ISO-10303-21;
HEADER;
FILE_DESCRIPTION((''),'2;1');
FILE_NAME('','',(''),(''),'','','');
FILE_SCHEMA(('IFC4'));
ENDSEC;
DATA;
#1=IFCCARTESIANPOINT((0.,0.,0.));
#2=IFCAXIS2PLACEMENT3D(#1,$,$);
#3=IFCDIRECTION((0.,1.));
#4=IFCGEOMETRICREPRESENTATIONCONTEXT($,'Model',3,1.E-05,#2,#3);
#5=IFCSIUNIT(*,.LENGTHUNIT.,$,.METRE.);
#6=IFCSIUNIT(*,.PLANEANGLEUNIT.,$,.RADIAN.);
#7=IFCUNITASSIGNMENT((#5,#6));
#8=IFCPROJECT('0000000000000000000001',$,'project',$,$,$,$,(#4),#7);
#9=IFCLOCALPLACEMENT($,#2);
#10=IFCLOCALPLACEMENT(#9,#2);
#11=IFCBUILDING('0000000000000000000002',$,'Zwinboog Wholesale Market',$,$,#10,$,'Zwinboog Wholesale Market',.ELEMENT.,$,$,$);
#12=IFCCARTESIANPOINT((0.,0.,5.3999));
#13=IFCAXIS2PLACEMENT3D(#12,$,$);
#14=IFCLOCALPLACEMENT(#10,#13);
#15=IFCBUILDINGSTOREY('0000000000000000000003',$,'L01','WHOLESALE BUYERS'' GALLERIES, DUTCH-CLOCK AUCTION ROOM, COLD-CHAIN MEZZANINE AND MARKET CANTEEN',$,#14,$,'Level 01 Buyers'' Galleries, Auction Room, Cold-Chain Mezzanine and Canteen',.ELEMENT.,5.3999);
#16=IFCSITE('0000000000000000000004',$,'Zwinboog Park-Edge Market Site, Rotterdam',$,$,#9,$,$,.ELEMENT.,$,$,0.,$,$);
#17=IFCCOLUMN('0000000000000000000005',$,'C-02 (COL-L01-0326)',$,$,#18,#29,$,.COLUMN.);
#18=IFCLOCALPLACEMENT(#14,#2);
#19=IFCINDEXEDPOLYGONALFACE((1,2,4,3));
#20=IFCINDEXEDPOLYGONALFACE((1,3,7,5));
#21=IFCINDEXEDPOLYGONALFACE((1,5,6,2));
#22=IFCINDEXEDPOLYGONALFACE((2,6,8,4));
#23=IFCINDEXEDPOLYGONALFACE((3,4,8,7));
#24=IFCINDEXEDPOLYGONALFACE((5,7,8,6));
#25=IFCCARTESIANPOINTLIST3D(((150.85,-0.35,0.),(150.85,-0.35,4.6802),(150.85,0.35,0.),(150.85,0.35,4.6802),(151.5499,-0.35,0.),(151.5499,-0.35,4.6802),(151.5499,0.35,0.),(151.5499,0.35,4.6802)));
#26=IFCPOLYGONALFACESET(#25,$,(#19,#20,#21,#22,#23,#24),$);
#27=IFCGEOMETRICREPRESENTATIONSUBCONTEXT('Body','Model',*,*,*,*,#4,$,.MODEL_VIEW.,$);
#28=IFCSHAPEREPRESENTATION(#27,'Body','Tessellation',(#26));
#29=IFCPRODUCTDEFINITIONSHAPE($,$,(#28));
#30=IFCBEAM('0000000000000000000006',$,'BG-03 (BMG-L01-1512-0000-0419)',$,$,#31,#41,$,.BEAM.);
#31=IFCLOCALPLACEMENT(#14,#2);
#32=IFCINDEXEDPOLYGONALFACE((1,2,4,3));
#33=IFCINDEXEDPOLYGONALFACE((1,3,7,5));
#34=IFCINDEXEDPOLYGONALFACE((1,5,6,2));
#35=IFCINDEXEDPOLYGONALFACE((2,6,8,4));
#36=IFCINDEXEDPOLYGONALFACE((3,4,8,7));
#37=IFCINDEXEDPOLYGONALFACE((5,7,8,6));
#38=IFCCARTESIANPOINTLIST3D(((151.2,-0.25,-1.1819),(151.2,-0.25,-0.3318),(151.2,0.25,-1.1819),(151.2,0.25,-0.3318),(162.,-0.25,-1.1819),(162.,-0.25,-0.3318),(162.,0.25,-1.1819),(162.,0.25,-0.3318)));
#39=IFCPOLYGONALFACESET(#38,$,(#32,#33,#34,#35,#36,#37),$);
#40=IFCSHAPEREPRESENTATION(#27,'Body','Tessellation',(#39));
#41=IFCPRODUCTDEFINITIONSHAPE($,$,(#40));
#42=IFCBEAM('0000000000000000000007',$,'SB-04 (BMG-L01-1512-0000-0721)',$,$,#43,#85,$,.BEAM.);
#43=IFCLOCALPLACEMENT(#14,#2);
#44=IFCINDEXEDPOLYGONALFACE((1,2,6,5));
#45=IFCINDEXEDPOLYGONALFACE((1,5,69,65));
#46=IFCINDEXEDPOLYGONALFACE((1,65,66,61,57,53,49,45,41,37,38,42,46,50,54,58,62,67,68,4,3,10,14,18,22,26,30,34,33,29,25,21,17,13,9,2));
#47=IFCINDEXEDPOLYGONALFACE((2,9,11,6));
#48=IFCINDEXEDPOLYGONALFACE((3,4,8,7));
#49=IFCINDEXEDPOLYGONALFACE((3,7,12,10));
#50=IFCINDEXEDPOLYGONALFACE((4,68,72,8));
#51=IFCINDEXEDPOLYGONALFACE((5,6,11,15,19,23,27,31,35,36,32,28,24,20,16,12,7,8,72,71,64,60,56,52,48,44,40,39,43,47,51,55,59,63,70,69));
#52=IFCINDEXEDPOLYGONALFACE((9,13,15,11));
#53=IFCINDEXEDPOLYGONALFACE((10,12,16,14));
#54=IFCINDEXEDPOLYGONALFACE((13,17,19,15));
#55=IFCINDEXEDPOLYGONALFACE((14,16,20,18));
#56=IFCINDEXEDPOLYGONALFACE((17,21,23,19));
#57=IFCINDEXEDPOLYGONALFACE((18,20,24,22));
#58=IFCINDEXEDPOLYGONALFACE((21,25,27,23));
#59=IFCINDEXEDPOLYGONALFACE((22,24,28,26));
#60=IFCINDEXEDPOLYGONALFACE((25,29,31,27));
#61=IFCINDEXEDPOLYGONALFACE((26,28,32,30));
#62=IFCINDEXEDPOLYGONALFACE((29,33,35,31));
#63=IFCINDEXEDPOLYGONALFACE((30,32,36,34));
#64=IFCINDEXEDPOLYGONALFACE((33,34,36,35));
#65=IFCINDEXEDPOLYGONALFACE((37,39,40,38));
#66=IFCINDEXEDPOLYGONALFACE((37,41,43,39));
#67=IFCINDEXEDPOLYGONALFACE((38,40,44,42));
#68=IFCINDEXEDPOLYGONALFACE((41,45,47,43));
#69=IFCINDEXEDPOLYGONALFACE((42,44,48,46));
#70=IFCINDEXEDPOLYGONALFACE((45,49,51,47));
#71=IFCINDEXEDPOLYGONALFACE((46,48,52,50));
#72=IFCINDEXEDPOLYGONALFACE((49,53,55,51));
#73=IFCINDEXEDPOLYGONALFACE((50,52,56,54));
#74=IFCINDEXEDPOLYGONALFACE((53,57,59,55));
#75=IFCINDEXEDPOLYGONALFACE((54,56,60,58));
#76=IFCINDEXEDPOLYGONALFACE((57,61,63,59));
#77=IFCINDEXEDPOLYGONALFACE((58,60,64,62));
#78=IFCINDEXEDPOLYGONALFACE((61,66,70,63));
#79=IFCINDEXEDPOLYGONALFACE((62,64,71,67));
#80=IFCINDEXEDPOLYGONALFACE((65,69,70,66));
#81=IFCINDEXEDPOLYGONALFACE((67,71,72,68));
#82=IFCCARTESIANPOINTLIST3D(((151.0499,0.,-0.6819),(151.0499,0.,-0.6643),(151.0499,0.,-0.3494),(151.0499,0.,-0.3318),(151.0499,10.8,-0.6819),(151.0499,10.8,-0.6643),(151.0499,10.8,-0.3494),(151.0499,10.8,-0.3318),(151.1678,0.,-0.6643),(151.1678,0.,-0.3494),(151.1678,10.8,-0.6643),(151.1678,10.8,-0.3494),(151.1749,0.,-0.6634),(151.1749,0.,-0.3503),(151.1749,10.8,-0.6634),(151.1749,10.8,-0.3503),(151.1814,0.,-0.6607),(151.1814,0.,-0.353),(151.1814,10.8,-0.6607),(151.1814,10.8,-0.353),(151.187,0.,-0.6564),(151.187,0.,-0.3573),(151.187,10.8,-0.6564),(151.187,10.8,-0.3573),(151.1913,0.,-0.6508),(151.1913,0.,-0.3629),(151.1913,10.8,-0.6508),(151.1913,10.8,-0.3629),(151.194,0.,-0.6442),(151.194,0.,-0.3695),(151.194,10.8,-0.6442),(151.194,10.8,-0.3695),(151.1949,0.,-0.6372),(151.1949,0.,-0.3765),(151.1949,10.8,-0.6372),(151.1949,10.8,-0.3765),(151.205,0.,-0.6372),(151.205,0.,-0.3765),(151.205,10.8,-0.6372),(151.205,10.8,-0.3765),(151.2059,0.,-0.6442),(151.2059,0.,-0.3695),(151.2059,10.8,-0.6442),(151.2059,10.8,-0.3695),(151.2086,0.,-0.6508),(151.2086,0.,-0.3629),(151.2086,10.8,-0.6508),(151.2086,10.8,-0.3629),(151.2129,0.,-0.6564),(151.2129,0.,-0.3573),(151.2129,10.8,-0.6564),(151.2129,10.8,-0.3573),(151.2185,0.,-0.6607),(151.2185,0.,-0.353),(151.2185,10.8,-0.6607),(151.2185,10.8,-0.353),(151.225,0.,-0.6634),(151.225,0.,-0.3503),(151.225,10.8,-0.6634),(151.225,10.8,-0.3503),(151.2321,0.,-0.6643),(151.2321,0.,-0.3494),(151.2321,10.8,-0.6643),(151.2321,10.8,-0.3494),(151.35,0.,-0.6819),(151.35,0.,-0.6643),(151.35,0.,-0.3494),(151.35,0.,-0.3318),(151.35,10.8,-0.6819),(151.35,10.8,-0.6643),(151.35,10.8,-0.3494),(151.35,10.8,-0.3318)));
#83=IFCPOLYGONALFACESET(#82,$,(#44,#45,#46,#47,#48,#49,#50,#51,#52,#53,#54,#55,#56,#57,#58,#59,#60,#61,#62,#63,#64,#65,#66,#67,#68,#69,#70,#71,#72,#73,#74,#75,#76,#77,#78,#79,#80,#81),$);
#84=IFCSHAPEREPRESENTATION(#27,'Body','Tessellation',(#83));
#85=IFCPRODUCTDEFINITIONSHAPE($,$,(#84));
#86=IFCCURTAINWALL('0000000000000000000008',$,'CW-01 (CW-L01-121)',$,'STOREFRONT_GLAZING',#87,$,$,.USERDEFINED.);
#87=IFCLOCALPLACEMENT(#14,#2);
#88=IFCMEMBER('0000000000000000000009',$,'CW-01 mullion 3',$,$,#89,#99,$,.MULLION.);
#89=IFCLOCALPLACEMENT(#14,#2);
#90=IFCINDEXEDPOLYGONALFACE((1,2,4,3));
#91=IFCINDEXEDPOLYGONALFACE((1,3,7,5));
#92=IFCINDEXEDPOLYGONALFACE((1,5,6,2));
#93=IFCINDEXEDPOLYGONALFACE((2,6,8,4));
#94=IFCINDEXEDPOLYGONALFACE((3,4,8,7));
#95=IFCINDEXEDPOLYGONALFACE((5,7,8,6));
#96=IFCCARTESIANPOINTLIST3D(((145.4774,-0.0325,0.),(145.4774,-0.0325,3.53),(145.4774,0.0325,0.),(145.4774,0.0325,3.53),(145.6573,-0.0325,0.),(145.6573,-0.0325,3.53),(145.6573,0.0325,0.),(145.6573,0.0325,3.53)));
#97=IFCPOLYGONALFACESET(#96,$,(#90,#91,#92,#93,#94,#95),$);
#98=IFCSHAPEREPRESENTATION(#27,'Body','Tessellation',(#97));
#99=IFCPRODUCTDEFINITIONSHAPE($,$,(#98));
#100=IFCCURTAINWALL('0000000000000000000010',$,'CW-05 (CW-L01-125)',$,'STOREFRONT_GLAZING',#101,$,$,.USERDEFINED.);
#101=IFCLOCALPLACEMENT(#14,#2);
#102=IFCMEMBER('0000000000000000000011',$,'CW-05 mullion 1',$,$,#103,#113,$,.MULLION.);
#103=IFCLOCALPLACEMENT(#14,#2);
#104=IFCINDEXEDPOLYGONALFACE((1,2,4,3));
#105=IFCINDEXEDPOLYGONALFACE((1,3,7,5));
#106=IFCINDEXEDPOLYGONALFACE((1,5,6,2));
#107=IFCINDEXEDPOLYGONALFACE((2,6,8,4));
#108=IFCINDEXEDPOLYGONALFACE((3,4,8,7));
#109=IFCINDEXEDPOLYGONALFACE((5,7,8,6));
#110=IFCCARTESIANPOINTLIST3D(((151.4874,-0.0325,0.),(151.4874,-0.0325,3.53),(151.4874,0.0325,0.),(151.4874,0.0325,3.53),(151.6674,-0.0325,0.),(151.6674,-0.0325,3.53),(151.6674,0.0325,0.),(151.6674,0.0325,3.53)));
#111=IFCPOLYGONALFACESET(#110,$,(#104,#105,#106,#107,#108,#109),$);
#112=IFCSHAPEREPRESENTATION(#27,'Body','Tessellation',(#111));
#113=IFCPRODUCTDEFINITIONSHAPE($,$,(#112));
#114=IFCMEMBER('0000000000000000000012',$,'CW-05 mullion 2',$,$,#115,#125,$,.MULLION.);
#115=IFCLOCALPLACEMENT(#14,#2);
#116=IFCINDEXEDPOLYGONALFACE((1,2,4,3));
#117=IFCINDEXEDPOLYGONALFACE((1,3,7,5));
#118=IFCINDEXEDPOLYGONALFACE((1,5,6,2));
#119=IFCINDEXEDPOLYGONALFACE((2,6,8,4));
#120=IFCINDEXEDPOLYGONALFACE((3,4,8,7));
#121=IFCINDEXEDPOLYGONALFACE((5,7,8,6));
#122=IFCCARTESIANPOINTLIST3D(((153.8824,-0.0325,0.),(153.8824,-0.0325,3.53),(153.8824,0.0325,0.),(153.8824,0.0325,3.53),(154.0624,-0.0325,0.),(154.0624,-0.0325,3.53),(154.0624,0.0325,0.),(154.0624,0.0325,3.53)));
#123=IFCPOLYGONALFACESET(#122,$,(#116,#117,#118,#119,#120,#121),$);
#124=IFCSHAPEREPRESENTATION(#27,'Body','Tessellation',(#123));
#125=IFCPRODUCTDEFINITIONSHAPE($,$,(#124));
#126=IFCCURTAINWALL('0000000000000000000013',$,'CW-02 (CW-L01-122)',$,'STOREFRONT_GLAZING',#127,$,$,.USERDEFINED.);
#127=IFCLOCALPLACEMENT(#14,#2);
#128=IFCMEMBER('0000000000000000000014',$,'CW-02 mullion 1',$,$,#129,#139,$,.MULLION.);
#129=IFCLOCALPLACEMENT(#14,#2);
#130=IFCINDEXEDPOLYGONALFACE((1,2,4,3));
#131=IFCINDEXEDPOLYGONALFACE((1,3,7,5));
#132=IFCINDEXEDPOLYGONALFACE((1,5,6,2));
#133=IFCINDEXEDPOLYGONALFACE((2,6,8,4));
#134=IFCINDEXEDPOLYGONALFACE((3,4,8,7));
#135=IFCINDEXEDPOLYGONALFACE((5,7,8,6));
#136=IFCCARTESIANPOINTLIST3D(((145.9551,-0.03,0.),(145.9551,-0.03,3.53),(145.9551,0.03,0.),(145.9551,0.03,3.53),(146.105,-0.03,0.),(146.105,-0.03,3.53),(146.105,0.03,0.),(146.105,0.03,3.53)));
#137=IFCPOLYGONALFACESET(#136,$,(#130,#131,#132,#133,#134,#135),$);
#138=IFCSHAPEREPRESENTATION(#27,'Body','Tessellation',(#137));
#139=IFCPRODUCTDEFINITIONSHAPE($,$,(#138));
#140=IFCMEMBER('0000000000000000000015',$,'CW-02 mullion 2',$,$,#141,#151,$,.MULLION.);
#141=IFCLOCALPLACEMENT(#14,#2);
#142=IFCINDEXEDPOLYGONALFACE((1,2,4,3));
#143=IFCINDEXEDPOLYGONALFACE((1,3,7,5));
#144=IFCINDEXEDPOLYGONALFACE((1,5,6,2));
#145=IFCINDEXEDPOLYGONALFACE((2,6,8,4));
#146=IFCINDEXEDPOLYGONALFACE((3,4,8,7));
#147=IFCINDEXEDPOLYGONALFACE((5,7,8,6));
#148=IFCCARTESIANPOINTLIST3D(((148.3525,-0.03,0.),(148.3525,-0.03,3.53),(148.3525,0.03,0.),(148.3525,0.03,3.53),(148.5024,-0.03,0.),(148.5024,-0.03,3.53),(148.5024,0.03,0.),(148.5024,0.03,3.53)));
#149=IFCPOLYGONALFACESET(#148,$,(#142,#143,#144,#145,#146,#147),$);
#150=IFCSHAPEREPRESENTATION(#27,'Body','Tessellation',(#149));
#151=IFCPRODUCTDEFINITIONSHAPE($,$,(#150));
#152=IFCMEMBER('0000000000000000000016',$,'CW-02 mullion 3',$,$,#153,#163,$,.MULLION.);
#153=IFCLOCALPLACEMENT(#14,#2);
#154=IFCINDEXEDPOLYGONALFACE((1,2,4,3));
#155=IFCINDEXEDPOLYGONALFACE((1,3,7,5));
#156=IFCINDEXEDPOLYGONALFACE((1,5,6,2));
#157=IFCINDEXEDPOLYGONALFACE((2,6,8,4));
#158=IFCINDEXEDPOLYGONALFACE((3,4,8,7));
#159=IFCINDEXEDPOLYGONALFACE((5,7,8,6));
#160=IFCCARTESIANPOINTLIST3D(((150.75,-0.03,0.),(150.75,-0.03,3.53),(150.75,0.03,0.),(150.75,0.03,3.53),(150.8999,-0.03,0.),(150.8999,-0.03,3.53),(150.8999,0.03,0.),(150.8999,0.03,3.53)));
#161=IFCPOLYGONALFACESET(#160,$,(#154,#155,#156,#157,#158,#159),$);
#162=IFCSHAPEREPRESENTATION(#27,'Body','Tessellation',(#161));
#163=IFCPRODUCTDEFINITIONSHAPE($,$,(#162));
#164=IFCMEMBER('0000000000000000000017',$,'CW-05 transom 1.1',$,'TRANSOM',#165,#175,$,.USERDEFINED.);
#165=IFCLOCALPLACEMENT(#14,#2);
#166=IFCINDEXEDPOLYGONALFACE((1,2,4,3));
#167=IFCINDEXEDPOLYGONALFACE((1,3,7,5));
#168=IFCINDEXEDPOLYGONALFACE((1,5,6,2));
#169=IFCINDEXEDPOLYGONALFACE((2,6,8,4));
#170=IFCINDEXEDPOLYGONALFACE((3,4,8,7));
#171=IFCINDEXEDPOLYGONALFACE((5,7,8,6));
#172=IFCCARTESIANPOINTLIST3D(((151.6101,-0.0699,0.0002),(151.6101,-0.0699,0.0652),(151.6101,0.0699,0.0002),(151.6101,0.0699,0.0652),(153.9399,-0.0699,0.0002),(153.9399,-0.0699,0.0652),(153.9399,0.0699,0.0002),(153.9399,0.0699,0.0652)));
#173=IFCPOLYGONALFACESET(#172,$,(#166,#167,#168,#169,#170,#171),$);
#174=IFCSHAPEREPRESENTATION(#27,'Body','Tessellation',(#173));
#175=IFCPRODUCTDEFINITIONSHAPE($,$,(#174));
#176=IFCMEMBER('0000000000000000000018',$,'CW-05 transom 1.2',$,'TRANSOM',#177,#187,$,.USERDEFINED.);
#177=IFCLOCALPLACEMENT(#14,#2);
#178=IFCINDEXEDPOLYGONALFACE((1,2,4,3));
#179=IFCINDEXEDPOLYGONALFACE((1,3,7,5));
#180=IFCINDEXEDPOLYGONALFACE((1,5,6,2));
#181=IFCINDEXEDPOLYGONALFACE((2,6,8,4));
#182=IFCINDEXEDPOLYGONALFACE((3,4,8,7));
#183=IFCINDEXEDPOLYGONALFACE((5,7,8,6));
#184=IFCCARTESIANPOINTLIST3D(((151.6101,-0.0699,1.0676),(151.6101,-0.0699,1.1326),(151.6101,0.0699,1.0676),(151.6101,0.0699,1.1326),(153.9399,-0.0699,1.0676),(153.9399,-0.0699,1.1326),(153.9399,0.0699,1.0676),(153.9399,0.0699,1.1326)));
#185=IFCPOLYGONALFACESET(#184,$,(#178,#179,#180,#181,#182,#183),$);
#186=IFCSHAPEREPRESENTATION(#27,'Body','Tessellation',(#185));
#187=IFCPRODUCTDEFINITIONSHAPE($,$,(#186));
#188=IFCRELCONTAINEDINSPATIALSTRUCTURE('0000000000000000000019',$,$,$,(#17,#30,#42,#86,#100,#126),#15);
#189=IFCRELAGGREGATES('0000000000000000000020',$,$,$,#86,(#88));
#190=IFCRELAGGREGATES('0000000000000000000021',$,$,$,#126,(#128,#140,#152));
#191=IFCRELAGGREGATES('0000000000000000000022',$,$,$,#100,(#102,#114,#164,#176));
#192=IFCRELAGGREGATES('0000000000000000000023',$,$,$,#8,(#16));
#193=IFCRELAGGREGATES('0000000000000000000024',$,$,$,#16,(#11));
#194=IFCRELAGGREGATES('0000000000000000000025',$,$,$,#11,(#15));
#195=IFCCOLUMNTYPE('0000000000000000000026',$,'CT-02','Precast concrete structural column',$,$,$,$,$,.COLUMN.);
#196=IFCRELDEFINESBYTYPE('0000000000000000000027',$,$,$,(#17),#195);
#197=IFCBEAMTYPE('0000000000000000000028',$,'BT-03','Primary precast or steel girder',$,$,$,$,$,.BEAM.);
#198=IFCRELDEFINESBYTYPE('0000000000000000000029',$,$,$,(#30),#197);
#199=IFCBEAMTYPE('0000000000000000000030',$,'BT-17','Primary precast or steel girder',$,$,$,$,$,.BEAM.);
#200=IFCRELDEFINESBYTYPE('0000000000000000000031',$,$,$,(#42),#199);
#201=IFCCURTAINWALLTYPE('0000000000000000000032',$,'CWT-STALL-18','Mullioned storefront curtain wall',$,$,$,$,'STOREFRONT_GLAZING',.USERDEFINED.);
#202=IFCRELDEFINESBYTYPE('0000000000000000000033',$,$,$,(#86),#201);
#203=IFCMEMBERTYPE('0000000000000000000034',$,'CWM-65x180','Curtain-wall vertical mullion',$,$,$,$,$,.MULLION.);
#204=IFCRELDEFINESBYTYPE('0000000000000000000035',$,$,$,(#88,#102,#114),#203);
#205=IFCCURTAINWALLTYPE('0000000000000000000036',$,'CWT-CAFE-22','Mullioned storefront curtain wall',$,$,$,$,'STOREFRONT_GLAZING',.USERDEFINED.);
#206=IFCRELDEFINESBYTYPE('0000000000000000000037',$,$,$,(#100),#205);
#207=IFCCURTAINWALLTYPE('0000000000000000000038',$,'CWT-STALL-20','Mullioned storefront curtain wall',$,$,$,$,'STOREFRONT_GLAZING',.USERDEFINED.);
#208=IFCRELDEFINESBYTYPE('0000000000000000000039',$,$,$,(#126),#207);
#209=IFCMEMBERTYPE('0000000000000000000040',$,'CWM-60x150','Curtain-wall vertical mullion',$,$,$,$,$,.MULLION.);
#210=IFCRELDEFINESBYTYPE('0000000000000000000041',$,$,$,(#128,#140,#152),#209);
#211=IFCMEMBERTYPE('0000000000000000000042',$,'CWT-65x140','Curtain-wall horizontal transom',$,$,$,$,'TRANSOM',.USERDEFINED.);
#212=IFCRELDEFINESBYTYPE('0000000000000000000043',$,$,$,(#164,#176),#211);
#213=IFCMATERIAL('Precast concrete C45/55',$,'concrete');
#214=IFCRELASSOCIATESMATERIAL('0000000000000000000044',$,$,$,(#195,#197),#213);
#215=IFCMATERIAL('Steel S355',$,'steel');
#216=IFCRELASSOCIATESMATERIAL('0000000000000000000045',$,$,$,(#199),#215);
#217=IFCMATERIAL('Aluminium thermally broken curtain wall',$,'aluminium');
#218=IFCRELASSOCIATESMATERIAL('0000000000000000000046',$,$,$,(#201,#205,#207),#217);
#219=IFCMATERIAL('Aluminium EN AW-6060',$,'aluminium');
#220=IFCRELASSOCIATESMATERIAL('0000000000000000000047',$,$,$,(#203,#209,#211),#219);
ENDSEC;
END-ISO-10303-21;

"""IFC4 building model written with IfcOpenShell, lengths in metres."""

from ifc_helpers import new_model, si_unit, direction, frame, origin, origin_2d, place, context, subcontext, project, spatial, rectangle, i_section, extrude, material, material_profile, profile_set, type_object, element, aggregate, save


model = new_model("IFC4")

# Units and contexts
model_context = context("Model", 3, precision=1e-05, world=origin(), true_north=direction((0.0, 1.0)))
body_context = subcontext(model_context, "Body", "Model", "MODEL_VIEW")
ifc_project = project(units=[si_unit("LENGTHUNIT", "METRE"), si_unit("PLANEANGLEUNIT", "RADIAN")], contexts=[model_context])

# Site, building, storey
site_placement = place(None, origin())
site = spatial("IfcSite", under=ifc_project, at=site_placement, Name="Zwinboog Park-Edge Market Site, Rotterdam", CompositionType="ELEMENT", RefElevation=0.0)
building_placement = place(site_placement, origin())
building = spatial("IfcBuilding", under=site, at=building_placement, Name="Zwinboog Wholesale Market", LongName="Zwinboog Wholesale Market", CompositionType="ELEMENT")
storey_placement = place(building_placement, frame((0.0, 0.0, 5.3999)))
storey = spatial("IfcBuildingStorey", under=building, at=storey_placement, Name="L01", Description="WHOLESALE BUYERS' GALLERIES, DUTCH-CLOCK AUCTION ROOM, COLD-CHAIN MEZZANINE AND MARKET CANTEEN", LongName="Level 01 Buyers' Galleries, Auction Room, Cold-Chain Mezzanine and Canteen", CompositionType="ELEMENT", Elevation=5.3999)

# Column
ifc_material_1 = material(Name="Precast concrete C45/55", Category="concrete")
ifc_material_profile_1 = material_profile(ifc_material_1, rectangle(XDim=0.7, YDim=0.7, at=origin_2d()), Name="PC 700x700")
ifc_profile_set_1 = profile_set([ifc_material_profile_1], Name="Precast concrete C45/55")
column_type = type_object("IfcColumnType", Name="CT-02", Description="Precast concrete structural column", PredefinedType="COLUMN", material=ifc_profile_set_1)
column_placement = place(storey_placement, frame((151.2, 0.0, 0.0), z_axis=(0.0, 0.0, 1.0), x_axis=(1.0, 0.0, 0.0)))
element("IfcColumn", 1, at=column_placement, inside=storey, type_object=column_type, Name="C-02 (COL-L01-0326)", PredefinedType="COLUMN", context=body_context, shape_type="SweptSolid", body=[
    extrude(rectangle(XDim=0.7, YDim=0.7, at=origin_2d()), origin(), (0.0, 0.0, 1.0), 4.6802),
])

# Beams
ifc_material_profile_2 = material_profile(ifc_material_1, rectangle(XDim=0.5, YDim=0.8501, at=origin_2d()), Name="PC 500x850")
ifc_profile_set_2 = profile_set([ifc_material_profile_2], Name="Precast concrete C45/55")
beam_type_1 = type_object("IfcBeamType", Name="BT-03", Description="Primary precast or steel girder", PredefinedType="BEAM", material=ifc_profile_set_2)
beam_1_placement = place(storey_placement, frame((151.2, 0.0, -0.7568), z_axis=(1.0, 0.0, 0.0), x_axis=(0.0, 1.0, 0.0)))
element("IfcBeam", 2, at=beam_1_placement, inside=storey, type_object=beam_type_1, Name="BG-03 (BMG-L01-1512-0000-0419)", PredefinedType="BEAM", context=body_context, shape_type="SweptSolid", body=[
    extrude(rectangle(XDim=0.5, YDim=0.8501, at=origin_2d()), origin(), (0.0, 0.0, 1.0), 10.8),
])
ifc_material_2 = material(Name="Steel S355", Category="steel")
ifc_material_profile_3 = material_profile(ifc_material_2, i_section(OverallWidth=0.3, OverallDepth=0.3501, WebThickness=0.01, FlangeThickness=0.0176, FilletRadius=0.0271, at=origin_2d()), Name="HEA 360")
ifc_profile_set_3 = profile_set([ifc_material_profile_3], Name="Steel S355")
beam_type_2 = type_object("IfcBeamType", Name="BT-17", Description="Primary precast or steel girder", PredefinedType="BEAM", material=ifc_profile_set_3)
beam_2_placement = place(storey_placement, frame((151.2, 0.0, -0.5068), z_axis=(0.0, 1.0, 0.0), x_axis=(-1.0, 0.0, 0.0)))
element("IfcBeam", 3, at=beam_2_placement, inside=storey, type_object=beam_type_2, Name="SB-04 (BMG-L01-1512-0000-0721)", PredefinedType="BEAM", context=body_context, shape_type="SweptSolid", body=[
    extrude(i_section(OverallWidth=0.3, OverallDepth=0.3501, WebThickness=0.01, FlangeThickness=0.0176, FilletRadius=0.0271, at=origin_2d()), origin(), (0.0, 0.0, 1.0), 10.8),
])

# Curtain wall, member
ifc_material_3 = material(Name="Aluminium thermally broken curtain wall", Category="aluminium")
curtain_wall_type_1 = type_object("IfcCurtainWallType", Name="CWT-STALL-18", Description="Mullioned storefront curtain wall", ElementType="STOREFRONT_GLAZING", PredefinedType="USERDEFINED", material=ifc_material_3)
curtain_wall_1_placement = place(storey_placement, origin())
curtain_wall_1 = element("IfcCurtainWall", 4, at=curtain_wall_1_placement, inside=storey, type_object=curtain_wall_type_1, Name="CW-01 (CW-L01-121)", ObjectType="STOREFRONT_GLAZING", PredefinedType="USERDEFINED")
ifc_material_4 = material(Name="Aluminium EN AW-6060", Category="aluminium")
ifc_material_profile_4 = material_profile(ifc_material_4, rectangle(XDim=0.0649, YDim=0.1799, at=origin_2d()), Name="AL 65x180")
ifc_profile_set_4 = profile_set([ifc_material_profile_4], Name="Aluminium EN AW-6060")
member_type_1 = type_object("IfcMemberType", Name="CWM-65x180", Description="Curtain-wall vertical mullion", PredefinedType="MULLION", material=ifc_profile_set_4)
member_1_placement = place(storey_placement, frame((145.5674, 0.0, 0.0), z_axis=(0.0, 0.0, 1.0), x_axis=(0.0, 1.0, 0.0)))
member_1 = element("IfcMember", 5, at=member_1_placement, type_object=member_type_1, Name="CW-01 mullion 3", PredefinedType="MULLION", context=body_context, shape_type="SweptSolid", body=[
    extrude(rectangle(XDim=0.0649, YDim=0.1799, at=origin_2d()), origin(), (0.0, 0.0, 1.0), 3.53),
])

# Curtain walls, members
curtain_wall_type_2 = type_object("IfcCurtainWallType", Name="CWT-CAFE-22", Description="Mullioned storefront curtain wall", ElementType="STOREFRONT_GLAZING", PredefinedType="USERDEFINED", material=ifc_material_3)
curtain_wall_2_placement = place(storey_placement, origin())
curtain_wall_2 = element("IfcCurtainWall", 6, at=curtain_wall_2_placement, inside=storey, type_object=curtain_wall_type_2, Name="CW-05 (CW-L01-125)", ObjectType="STOREFRONT_GLAZING", PredefinedType="USERDEFINED")
member_2_placement = place(storey_placement, frame((151.5774, 0.0, 0.0), z_axis=(0.0, 0.0, 1.0), x_axis=(0.0, 1.0, 0.0)))
member_2 = element("IfcMember", 7, at=member_2_placement, type_object=member_type_1, Name="CW-05 mullion 1", PredefinedType="MULLION", context=body_context, shape_type="SweptSolid", body=[
    extrude(rectangle(XDim=0.0649, YDim=0.1799, at=origin_2d()), origin(), (0.0, 0.0, 1.0), 3.53),
])
member_3_placement = place(storey_placement, frame((153.9724, 0.0, 0.0), z_axis=(0.0, 0.0, 1.0), x_axis=(0.0, 1.0, 0.0)))
member_3 = element("IfcMember", 8, at=member_3_placement, type_object=member_type_1, Name="CW-05 mullion 2", PredefinedType="MULLION", context=body_context, shape_type="SweptSolid", body=[
    extrude(rectangle(XDim=0.0649, YDim=0.1799, at=origin_2d()), origin(), (0.0, 0.0, 1.0), 3.53),
])
curtain_wall_type_3 = type_object("IfcCurtainWallType", Name="CWT-STALL-20", Description="Mullioned storefront curtain wall", ElementType="STOREFRONT_GLAZING", PredefinedType="USERDEFINED", material=ifc_material_3)
curtain_wall_3_placement = place(storey_placement, origin())
curtain_wall_3 = element("IfcCurtainWall", 9, at=curtain_wall_3_placement, inside=storey, type_object=curtain_wall_type_3, Name="CW-02 (CW-L01-122)", ObjectType="STOREFRONT_GLAZING", PredefinedType="USERDEFINED")
ifc_material_profile_5 = material_profile(ifc_material_4, rectangle(XDim=0.0601, YDim=0.1499, at=origin_2d()), Name="AL 60x150")
ifc_profile_set_5 = profile_set([ifc_material_profile_5], Name="Aluminium EN AW-6060")
member_type_2 = type_object("IfcMemberType", Name="CWM-60x150", Description="Curtain-wall vertical mullion", PredefinedType="MULLION", material=ifc_profile_set_5)
member_4_placement = place(storey_placement, frame((146.03, 0.0, 0.0), z_axis=(0.0, 0.0, 1.0), x_axis=(0.0, 1.0, 0.0)))
member_4 = element("IfcMember", 10, at=member_4_placement, type_object=member_type_2, Name="CW-02 mullion 1", PredefinedType="MULLION", context=body_context, shape_type="SweptSolid", body=[
    extrude(rectangle(XDim=0.0601, YDim=0.1499, at=origin_2d()), origin(), (0.0, 0.0, 1.0), 3.53),
])
member_5_placement = place(storey_placement, frame((148.4275, 0.0, 0.0), z_axis=(0.0, 0.0, 1.0), x_axis=(0.0, 1.0, 0.0)))
member_5 = element("IfcMember", 11, at=member_5_placement, type_object=member_type_2, Name="CW-02 mullion 2", PredefinedType="MULLION", context=body_context, shape_type="SweptSolid", body=[
    extrude(rectangle(XDim=0.0601, YDim=0.1499, at=origin_2d()), origin(), (0.0, 0.0, 1.0), 3.53),
])
member_6_placement = place(storey_placement, frame((150.825, 0.0, 0.0), z_axis=(0.0, 0.0, 1.0), x_axis=(0.0, 1.0, 0.0)))
member_6 = element("IfcMember", 12, at=member_6_placement, type_object=member_type_2, Name="CW-02 mullion 3", PredefinedType="MULLION", context=body_context, shape_type="SweptSolid", body=[
    extrude(rectangle(XDim=0.0601, YDim=0.1499, at=origin_2d()), origin(), (0.0, 0.0, 1.0), 3.53),
])

# Members
ifc_material_profile_6 = material_profile(ifc_material_4, rectangle(XDim=0.1399, YDim=0.0649, at=origin_2d()), Name="AL 65x140")
ifc_profile_set_6 = profile_set([ifc_material_profile_6], Name="Aluminium EN AW-6060")
member_type_3 = type_object("IfcMemberType", Name="CWT-65x140", Description="Curtain-wall horizontal transom", ElementType="TRANSOM", PredefinedType="USERDEFINED", material=ifc_profile_set_6)
member_7_placement = place(storey_placement, frame((151.6101, 0.0, 0.0327), z_axis=(1.0, 0.0, 0.0), x_axis=(0.0, 1.0, 0.0)))
member_7 = element("IfcMember", 13, at=member_7_placement, type_object=member_type_3, Name="CW-05 transom 1.1", ObjectType="TRANSOM", PredefinedType="USERDEFINED", context=body_context, shape_type="SweptSolid", body=[
    extrude(rectangle(XDim=0.1399, YDim=0.0649, at=origin_2d()), origin(), (0.0, 0.0, 1.0), 2.3298),
])
member_8_placement = place(storey_placement, frame((151.6101, 0.0, 1.1001), z_axis=(1.0, 0.0, 0.0), x_axis=(0.0, 1.0, 0.0)))
member_8 = element("IfcMember", 14, at=member_8_placement, type_object=member_type_3, Name="CW-05 transom 1.2", ObjectType="TRANSOM", PredefinedType="USERDEFINED", context=body_context, shape_type="SweptSolid", body=[
    extrude(rectangle(XDim=0.1399, YDim=0.0649, at=origin_2d()), origin(), (0.0, 0.0, 1.0), 2.3298),
])

aggregate(curtain_wall_1, [member_1])
aggregate(curtain_wall_3, [member_4, member_5, member_6])
aggregate(curtain_wall_2, [member_2, member_3, member_7, member_8])

save(model, "model.ifc")
